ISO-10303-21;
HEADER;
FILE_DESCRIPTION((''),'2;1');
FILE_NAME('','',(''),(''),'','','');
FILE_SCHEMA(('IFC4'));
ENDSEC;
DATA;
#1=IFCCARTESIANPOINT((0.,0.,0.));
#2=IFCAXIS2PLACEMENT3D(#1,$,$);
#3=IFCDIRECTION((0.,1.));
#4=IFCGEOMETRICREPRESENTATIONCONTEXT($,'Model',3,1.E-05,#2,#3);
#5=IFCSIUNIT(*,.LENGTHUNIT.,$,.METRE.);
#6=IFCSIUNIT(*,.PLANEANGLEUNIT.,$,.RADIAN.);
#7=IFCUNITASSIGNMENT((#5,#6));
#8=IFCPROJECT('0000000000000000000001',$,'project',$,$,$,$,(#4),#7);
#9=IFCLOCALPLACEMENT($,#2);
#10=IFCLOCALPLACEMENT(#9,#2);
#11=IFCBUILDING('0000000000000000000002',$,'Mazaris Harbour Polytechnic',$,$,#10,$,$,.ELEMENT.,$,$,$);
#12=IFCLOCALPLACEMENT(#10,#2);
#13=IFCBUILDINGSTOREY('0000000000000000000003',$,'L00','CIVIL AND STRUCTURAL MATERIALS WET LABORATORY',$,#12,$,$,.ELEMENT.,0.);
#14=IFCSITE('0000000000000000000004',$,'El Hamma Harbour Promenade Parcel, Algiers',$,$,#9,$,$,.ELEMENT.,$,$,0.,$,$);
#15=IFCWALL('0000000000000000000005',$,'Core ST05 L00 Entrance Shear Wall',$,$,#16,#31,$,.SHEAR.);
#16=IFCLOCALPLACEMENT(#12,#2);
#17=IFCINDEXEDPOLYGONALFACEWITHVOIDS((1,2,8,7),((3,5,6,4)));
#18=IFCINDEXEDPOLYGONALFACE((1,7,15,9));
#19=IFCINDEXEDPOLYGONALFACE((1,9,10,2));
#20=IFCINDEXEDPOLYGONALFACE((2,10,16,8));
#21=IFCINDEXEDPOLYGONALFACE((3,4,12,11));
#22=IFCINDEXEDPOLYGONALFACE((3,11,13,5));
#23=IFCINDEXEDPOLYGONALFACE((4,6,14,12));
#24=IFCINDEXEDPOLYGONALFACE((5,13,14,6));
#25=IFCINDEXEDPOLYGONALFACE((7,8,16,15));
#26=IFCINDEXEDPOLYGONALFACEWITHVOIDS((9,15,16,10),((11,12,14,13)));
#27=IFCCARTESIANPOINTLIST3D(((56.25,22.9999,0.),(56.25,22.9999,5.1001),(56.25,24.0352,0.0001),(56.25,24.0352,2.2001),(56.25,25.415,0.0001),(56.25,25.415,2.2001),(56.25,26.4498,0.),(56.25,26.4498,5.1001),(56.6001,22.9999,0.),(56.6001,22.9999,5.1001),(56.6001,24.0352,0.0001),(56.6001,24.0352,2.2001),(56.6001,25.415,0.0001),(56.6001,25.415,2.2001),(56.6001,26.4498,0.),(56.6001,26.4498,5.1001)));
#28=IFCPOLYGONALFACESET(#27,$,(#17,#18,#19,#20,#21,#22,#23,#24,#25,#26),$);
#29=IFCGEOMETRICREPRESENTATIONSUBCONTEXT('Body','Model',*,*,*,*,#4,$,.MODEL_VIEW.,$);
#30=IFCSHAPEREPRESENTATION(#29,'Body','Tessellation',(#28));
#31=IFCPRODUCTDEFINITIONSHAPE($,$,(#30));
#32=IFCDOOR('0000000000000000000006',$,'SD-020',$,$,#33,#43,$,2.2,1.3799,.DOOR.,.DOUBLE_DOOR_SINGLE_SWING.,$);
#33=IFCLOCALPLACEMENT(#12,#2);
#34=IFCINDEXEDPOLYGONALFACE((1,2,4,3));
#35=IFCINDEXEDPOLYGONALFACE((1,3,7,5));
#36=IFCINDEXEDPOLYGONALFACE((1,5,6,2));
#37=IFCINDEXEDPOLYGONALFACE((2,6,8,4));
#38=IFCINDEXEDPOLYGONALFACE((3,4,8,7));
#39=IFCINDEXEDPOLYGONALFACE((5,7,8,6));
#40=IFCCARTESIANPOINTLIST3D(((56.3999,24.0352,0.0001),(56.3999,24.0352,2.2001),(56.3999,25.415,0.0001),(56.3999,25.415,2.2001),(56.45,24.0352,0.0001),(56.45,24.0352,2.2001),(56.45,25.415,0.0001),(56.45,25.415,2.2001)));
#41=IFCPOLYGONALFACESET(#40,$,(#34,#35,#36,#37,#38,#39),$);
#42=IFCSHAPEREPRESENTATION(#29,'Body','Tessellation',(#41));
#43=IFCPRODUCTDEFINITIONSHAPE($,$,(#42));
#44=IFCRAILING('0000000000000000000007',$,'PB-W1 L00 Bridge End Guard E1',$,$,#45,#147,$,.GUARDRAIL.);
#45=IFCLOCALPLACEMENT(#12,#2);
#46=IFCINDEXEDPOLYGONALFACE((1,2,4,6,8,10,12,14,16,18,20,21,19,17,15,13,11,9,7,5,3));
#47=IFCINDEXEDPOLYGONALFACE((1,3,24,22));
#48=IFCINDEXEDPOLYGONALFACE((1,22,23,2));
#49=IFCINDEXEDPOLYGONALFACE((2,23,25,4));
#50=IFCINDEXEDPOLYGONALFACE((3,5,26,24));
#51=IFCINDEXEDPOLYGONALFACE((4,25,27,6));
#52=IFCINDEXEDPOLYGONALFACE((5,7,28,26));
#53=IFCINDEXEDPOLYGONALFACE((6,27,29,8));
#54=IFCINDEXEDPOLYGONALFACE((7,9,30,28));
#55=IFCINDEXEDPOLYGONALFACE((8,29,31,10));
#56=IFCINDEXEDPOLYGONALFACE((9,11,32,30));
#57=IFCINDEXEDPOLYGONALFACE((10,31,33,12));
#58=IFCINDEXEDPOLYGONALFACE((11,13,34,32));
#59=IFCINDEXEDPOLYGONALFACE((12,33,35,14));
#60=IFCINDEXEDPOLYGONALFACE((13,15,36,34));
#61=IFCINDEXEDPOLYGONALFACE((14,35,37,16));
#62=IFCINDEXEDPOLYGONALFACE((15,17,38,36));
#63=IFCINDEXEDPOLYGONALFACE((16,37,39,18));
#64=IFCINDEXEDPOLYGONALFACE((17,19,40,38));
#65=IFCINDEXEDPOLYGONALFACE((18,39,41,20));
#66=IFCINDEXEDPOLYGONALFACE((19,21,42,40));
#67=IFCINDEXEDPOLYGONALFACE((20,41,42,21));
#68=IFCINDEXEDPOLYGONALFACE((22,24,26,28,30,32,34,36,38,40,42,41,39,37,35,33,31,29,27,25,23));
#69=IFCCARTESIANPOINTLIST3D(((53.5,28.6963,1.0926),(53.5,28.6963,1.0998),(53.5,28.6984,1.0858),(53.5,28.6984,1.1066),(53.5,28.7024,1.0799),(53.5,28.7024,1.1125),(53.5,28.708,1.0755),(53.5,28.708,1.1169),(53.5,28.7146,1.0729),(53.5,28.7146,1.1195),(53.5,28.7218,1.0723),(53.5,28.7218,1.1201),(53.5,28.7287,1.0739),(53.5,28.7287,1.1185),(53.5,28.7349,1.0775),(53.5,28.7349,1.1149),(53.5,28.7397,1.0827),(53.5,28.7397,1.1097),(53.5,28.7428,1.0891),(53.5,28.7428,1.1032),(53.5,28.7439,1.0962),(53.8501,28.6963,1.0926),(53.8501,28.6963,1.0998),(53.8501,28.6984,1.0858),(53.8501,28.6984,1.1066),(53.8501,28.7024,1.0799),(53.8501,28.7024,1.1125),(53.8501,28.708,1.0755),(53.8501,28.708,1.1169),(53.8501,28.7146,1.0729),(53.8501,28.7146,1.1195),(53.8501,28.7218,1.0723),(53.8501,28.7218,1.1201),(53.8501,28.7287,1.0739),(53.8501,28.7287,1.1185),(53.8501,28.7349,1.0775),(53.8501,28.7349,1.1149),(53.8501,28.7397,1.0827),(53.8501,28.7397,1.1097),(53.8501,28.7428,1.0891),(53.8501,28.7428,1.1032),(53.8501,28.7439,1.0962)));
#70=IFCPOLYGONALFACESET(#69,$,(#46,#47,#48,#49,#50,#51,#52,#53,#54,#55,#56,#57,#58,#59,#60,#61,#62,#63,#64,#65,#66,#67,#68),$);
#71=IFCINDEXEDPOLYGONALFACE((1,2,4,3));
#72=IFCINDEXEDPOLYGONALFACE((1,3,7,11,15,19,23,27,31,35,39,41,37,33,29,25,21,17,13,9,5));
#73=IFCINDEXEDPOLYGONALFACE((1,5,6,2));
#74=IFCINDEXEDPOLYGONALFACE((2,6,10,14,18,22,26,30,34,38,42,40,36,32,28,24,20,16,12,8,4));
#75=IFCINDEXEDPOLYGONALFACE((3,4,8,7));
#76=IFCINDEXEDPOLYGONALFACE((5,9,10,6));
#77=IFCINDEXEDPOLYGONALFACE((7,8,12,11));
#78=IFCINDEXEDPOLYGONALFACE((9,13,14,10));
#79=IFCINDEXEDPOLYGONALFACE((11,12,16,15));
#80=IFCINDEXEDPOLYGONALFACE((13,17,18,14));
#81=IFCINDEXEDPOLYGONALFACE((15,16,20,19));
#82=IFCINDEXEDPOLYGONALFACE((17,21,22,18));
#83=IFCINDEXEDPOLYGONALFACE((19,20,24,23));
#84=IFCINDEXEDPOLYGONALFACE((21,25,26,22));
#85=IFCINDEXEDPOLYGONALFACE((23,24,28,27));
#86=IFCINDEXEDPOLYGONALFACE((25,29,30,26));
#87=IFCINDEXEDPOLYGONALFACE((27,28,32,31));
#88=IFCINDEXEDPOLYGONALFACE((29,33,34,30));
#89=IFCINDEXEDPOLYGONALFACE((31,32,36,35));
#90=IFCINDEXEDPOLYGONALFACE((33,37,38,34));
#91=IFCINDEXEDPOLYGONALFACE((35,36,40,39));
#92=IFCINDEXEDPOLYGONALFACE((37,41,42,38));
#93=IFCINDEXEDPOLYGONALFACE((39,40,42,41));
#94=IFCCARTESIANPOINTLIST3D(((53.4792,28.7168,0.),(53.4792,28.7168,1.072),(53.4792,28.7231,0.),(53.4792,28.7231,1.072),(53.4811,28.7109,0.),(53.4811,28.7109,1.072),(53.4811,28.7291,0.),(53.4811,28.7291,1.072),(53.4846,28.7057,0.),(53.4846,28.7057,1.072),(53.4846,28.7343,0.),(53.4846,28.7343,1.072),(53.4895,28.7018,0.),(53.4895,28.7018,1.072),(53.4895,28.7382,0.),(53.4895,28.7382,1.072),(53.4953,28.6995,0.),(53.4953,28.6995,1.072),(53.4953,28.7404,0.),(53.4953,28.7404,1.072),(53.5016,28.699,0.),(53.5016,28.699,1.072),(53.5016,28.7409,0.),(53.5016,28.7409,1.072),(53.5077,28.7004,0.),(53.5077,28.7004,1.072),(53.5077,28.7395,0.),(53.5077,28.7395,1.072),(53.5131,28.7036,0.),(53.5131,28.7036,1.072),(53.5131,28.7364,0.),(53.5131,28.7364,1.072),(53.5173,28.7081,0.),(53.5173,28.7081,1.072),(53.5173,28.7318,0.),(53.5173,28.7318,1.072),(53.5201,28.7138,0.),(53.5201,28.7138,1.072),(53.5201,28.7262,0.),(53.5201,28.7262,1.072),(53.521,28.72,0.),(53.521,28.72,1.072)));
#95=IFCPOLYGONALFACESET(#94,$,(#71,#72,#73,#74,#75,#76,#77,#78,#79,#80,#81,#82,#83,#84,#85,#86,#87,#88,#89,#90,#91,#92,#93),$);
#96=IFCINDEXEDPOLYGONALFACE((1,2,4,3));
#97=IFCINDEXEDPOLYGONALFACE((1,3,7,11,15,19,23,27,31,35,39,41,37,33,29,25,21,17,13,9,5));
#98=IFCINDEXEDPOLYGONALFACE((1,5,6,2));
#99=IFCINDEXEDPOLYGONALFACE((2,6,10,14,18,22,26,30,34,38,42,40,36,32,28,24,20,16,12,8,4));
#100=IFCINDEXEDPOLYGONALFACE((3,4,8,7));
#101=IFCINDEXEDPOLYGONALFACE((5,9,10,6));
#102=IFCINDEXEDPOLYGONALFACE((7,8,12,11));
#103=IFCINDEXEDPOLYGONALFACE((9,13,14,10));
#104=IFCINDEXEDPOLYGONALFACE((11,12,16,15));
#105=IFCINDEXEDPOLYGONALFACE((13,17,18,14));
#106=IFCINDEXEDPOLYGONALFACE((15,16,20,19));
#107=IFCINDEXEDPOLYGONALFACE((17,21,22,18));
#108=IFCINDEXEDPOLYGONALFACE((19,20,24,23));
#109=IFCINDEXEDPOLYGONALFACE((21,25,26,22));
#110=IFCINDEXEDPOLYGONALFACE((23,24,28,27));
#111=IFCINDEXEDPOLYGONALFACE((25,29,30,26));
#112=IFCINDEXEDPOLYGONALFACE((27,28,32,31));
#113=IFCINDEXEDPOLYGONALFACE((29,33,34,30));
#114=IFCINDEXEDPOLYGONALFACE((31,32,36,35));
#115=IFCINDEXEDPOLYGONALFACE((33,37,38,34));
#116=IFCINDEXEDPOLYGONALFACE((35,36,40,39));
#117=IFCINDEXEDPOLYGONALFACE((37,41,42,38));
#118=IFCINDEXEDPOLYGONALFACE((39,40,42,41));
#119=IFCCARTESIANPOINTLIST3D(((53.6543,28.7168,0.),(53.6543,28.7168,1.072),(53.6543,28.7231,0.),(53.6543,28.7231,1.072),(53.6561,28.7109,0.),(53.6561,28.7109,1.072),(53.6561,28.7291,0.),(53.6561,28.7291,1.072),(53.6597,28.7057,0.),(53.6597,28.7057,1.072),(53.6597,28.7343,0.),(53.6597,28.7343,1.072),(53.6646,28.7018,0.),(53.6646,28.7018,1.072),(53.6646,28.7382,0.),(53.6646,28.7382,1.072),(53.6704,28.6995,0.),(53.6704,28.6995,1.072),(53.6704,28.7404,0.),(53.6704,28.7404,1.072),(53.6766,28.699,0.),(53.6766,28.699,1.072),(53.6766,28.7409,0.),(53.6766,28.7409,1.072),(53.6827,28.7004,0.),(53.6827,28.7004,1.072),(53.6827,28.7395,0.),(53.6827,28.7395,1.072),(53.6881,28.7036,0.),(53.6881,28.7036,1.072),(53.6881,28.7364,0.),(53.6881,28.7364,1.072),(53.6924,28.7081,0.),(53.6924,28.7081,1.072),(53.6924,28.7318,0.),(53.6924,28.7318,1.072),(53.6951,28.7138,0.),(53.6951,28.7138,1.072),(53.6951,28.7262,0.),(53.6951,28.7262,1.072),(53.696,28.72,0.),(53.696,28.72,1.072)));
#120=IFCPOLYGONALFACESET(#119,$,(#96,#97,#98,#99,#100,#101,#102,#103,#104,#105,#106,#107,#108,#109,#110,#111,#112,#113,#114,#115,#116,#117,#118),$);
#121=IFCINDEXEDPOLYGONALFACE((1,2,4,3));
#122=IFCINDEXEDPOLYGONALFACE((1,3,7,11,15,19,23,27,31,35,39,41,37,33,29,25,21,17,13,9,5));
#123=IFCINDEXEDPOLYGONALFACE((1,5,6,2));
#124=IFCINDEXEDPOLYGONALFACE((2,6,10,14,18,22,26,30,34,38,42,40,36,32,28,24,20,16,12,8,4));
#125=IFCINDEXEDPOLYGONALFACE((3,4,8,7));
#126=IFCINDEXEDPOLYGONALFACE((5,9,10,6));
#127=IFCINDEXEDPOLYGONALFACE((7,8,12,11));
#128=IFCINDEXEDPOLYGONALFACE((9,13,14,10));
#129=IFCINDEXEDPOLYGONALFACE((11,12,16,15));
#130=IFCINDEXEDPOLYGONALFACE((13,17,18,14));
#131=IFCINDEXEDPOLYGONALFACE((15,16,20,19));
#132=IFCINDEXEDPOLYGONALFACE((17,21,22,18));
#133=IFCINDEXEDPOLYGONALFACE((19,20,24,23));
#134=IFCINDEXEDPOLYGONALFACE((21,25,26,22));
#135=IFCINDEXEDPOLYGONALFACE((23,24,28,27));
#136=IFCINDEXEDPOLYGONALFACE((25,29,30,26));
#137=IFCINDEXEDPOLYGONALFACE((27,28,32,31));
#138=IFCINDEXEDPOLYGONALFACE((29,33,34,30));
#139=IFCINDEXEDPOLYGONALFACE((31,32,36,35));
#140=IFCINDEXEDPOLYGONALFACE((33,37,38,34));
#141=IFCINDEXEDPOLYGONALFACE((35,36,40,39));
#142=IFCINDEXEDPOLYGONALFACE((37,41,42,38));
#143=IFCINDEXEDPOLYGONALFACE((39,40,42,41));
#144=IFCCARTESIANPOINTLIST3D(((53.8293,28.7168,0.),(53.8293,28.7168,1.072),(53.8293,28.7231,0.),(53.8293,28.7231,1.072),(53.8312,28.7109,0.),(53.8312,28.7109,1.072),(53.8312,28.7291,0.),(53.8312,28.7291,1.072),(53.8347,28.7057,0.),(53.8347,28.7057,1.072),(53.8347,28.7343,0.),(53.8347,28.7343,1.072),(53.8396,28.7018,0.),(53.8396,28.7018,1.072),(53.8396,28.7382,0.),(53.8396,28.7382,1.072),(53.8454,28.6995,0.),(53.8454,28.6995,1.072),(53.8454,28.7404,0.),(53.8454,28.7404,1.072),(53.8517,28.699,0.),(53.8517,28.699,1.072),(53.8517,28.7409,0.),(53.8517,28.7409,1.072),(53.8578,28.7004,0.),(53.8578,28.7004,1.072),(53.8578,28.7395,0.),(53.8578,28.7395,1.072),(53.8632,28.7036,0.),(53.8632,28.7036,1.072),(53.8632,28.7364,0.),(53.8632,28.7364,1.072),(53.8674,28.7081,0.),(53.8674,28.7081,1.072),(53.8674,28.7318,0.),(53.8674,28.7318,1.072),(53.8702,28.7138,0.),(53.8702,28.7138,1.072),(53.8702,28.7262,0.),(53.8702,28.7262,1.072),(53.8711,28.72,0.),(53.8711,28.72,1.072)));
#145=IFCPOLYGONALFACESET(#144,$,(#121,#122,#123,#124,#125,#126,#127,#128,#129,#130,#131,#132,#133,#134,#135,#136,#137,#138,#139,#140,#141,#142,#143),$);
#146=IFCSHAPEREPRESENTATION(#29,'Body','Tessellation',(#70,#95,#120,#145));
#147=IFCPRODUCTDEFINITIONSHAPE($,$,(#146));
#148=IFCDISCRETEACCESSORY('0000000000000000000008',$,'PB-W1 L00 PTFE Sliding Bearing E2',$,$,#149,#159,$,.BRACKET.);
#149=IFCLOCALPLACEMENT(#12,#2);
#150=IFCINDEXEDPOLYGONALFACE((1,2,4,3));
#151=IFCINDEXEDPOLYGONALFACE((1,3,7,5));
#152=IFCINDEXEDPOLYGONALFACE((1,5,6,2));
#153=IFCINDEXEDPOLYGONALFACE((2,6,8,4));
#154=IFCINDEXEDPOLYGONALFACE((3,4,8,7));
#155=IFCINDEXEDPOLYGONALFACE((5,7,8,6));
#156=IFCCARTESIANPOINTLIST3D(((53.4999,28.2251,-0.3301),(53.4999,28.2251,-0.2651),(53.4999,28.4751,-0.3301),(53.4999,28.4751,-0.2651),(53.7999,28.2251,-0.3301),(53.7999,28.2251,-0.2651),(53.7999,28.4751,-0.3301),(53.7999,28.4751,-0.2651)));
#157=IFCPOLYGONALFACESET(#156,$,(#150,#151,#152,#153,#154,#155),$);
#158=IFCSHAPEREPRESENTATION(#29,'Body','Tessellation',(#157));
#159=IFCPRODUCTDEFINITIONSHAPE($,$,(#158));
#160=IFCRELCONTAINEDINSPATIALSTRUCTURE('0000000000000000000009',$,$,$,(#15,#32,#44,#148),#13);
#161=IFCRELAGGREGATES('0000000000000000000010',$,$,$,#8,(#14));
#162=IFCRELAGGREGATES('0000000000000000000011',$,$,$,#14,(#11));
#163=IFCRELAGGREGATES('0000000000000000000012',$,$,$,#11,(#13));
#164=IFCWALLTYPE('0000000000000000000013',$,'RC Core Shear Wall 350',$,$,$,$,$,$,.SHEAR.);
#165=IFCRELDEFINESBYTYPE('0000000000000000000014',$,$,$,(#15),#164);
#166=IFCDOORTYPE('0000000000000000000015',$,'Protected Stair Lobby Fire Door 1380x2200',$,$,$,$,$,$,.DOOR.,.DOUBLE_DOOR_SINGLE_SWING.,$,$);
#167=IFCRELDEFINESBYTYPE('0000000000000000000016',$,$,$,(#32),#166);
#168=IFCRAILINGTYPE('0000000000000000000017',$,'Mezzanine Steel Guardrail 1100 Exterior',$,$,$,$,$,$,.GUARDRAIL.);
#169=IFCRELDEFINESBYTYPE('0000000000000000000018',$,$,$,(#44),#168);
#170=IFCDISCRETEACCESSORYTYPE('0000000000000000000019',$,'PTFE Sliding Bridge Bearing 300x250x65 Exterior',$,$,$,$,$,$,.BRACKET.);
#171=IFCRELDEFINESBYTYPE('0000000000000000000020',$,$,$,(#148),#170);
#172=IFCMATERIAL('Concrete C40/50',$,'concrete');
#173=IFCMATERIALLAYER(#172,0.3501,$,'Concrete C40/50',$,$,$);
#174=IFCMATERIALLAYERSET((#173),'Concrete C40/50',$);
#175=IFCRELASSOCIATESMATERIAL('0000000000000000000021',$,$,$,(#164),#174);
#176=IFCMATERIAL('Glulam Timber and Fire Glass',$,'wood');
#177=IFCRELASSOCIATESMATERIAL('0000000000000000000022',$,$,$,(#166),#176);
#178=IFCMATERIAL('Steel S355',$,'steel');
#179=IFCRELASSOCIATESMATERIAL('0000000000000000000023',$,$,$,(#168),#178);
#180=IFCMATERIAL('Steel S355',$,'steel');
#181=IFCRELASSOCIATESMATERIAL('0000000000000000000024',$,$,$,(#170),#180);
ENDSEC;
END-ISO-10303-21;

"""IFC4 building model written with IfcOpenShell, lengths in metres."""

from ifc_helpers import new_model, si_unit, direction, frame, frame_2d, origin, origin_2d, place, context, subcontext, project, spatial, rectangle, circle, extrude, material, layer, layer_set, type_object, element, fill, save


model = new_model("IFC4")

# Units and contexts
model_context = context("Model", 3, precision=1e-05, world=origin(), true_north=direction((0.0, 1.0)))
body_context = subcontext(model_context, "Body", "Model", "MODEL_VIEW")
ifc_project = project(units=[si_unit("LENGTHUNIT", "METRE"), si_unit("PLANEANGLEUNIT", "RADIAN")], contexts=[model_context])

# Site, building, storey
site_placement = place(None, origin())
site = spatial("IfcSite", under=ifc_project, at=site_placement, Name="El Hamma Harbour Promenade Parcel, Algiers", CompositionType="ELEMENT", RefElevation=0.0)
building_placement = place(site_placement, origin())
building = spatial("IfcBuilding", under=site, at=building_placement, Name="Mazaris Harbour Polytechnic", CompositionType="ELEMENT")
storey_placement = place(building_placement, origin())
storey = spatial("IfcBuildingStorey", under=building, at=storey_placement, Name="L00", Description="CIVIL AND STRUCTURAL MATERIALS WET LABORATORY", CompositionType="ELEMENT", Elevation=0.0)

# Shared definitions
ifc_material_1 = material(Name="Concrete C40/50", Category="concrete")
ifc_layer_1 = layer(ifc_material_1, 0.3501, Name="Concrete C40/50")
ifc_layer_set_1 = layer_set([ifc_layer_1], Name="Concrete C40/50")
wall_type = type_object("IfcWallType", Name="RC Core Shear Wall 350", PredefinedType="SHEAR", material=ifc_layer_set_1)

# Wall, opening, door
wall_1_placement = place(storey_placement, frame((56.425, 26.45, 0.0), z_axis=(0.0, 0.0, 1.0), x_axis=(0.0, -1.0, 0.0)))
wall_1 = element("IfcWall", 1, at=wall_1_placement, inside=storey, type_object=wall_type, Name="Core ST05 L00 Entrance Shear Wall", PredefinedType="SHEAR", context=body_context, shape_type="SweptSolid", body=[
    extrude(rectangle(XDim=3.45, YDim=0.3501, at=frame_2d((1.7251, 0.0))), origin(), (0.0, 0.0, 1.0), 5.1001),
])
opening_placement = place(wall_1_placement, frame((1.0349, 0.0, 0.0)))
opening = element("IfcOpeningElement", 2, at=opening_placement, cuts=wall_1, PredefinedType="OPENING", context=body_context, shape_type="SweptSolid", body=[
    extrude(rectangle(XDim=1.3799, YDim=2.2, at=frame_2d((0.6899, 1.1001))), frame((0.0, 0.1851, 0.0), z_axis=(0.0, -1.0, 0.0), x_axis=(1.0, 0.0, 0.0)), (0.0, 0.0, 1.0), 0.3701),
])
ifc_material_2 = material(Name="Glulam Timber and Fire Glass", Category="wood")
door_type = type_object("IfcDoorType", Name="Protected Stair Lobby Fire Door 1380x2200", OperationType="DOUBLE_DOOR_SINGLE_SWING", PredefinedType="DOOR", material=ifc_material_2)
door_placement = place(opening_placement, origin())
door = element("IfcDoor", 3, at=door_placement, inside=storey, type_object=door_type, Name="SD-020", OperationType="DOUBLE_DOOR_SINGLE_SWING", OverallHeight=2.2, OverallWidth=1.3799, PredefinedType="DOOR", context=body_context, shape_type="SweptSolid", body=[
    extrude(rectangle(XDim=1.3799, YDim=2.2, at=frame_2d((0.6899, 1.1001))), frame((0.0, 0.0249, 0.0), z_axis=(0.0, -1.0, 0.0), x_axis=(1.0, 0.0, 0.0)), (0.0, 0.0, 1.0), 0.05),
])
fill(opening, door)

# Railing
ifc_material_3 = material(Name="Steel S355", Category="steel")
railing_type = type_object("IfcRailingType", Name="Mezzanine Steel Guardrail 1100 Exterior", PredefinedType="GUARDRAIL", material=ifc_material_3)
railing_placement = place(storey_placement, frame((53.5, 28.72, 0.0)))
element("IfcRailing", 4, at=railing_placement, inside=storey, type_object=railing_type, Name="PB-W1 L00 Bridge End Guard E1", PredefinedType="GUARDRAIL", context=body_context, shape_type="SweptSolid", body=[
    extrude(circle(Radius=0.0239, at=origin_2d()), frame((0.0, 0.0, 1.0962), z_axis=(1.0, 0.0, 0.0), x_axis=(0.0, 1.0, 0.0)), (0.0, 0.0, 1.0), 0.3501),
    extrude(circle(Radius=0.021, at=origin_2d()), origin(), (0.0, 0.0, 1.0), 1.072),
    extrude(circle(Radius=0.021, at=origin_2d()), frame((0.175, 0.0, 0.0)), (0.0, 0.0, 1.0), 1.072),
    extrude(circle(Radius=0.021, at=origin_2d()), frame((0.3501, 0.0, 0.0)), (0.0, 0.0, 1.0), 1.072),
])

# Discrete accessory
ifc_material_4 = material(Name="Steel S355", Category="steel")
discrete_accessory_type = type_object("IfcDiscreteAccessoryType", Name="PTFE Sliding Bridge Bearing 300x250x65 Exterior", PredefinedType="BRACKET", material=ifc_material_4)
discrete_accessory_placement = place(storey_placement, frame((53.6499, 28.3501, -0.3301), z_axis=(0.0, 0.0, 1.0), x_axis=(1.0, 0.0, 0.0)))
element("IfcDiscreteAccessory", 5, at=discrete_accessory_placement, inside=storey, type_object=discrete_accessory_type, Name="PB-W1 L00 PTFE Sliding Bearing E2", PredefinedType="BRACKET", context=body_context, shape_type="SweptSolid", body=[
    extrude(rectangle(XDim=0.3, YDim=0.25, at=origin_2d()), origin(), (0.0, 0.0, 1.0), 0.0649),
])

save(model, "model.ifc")
